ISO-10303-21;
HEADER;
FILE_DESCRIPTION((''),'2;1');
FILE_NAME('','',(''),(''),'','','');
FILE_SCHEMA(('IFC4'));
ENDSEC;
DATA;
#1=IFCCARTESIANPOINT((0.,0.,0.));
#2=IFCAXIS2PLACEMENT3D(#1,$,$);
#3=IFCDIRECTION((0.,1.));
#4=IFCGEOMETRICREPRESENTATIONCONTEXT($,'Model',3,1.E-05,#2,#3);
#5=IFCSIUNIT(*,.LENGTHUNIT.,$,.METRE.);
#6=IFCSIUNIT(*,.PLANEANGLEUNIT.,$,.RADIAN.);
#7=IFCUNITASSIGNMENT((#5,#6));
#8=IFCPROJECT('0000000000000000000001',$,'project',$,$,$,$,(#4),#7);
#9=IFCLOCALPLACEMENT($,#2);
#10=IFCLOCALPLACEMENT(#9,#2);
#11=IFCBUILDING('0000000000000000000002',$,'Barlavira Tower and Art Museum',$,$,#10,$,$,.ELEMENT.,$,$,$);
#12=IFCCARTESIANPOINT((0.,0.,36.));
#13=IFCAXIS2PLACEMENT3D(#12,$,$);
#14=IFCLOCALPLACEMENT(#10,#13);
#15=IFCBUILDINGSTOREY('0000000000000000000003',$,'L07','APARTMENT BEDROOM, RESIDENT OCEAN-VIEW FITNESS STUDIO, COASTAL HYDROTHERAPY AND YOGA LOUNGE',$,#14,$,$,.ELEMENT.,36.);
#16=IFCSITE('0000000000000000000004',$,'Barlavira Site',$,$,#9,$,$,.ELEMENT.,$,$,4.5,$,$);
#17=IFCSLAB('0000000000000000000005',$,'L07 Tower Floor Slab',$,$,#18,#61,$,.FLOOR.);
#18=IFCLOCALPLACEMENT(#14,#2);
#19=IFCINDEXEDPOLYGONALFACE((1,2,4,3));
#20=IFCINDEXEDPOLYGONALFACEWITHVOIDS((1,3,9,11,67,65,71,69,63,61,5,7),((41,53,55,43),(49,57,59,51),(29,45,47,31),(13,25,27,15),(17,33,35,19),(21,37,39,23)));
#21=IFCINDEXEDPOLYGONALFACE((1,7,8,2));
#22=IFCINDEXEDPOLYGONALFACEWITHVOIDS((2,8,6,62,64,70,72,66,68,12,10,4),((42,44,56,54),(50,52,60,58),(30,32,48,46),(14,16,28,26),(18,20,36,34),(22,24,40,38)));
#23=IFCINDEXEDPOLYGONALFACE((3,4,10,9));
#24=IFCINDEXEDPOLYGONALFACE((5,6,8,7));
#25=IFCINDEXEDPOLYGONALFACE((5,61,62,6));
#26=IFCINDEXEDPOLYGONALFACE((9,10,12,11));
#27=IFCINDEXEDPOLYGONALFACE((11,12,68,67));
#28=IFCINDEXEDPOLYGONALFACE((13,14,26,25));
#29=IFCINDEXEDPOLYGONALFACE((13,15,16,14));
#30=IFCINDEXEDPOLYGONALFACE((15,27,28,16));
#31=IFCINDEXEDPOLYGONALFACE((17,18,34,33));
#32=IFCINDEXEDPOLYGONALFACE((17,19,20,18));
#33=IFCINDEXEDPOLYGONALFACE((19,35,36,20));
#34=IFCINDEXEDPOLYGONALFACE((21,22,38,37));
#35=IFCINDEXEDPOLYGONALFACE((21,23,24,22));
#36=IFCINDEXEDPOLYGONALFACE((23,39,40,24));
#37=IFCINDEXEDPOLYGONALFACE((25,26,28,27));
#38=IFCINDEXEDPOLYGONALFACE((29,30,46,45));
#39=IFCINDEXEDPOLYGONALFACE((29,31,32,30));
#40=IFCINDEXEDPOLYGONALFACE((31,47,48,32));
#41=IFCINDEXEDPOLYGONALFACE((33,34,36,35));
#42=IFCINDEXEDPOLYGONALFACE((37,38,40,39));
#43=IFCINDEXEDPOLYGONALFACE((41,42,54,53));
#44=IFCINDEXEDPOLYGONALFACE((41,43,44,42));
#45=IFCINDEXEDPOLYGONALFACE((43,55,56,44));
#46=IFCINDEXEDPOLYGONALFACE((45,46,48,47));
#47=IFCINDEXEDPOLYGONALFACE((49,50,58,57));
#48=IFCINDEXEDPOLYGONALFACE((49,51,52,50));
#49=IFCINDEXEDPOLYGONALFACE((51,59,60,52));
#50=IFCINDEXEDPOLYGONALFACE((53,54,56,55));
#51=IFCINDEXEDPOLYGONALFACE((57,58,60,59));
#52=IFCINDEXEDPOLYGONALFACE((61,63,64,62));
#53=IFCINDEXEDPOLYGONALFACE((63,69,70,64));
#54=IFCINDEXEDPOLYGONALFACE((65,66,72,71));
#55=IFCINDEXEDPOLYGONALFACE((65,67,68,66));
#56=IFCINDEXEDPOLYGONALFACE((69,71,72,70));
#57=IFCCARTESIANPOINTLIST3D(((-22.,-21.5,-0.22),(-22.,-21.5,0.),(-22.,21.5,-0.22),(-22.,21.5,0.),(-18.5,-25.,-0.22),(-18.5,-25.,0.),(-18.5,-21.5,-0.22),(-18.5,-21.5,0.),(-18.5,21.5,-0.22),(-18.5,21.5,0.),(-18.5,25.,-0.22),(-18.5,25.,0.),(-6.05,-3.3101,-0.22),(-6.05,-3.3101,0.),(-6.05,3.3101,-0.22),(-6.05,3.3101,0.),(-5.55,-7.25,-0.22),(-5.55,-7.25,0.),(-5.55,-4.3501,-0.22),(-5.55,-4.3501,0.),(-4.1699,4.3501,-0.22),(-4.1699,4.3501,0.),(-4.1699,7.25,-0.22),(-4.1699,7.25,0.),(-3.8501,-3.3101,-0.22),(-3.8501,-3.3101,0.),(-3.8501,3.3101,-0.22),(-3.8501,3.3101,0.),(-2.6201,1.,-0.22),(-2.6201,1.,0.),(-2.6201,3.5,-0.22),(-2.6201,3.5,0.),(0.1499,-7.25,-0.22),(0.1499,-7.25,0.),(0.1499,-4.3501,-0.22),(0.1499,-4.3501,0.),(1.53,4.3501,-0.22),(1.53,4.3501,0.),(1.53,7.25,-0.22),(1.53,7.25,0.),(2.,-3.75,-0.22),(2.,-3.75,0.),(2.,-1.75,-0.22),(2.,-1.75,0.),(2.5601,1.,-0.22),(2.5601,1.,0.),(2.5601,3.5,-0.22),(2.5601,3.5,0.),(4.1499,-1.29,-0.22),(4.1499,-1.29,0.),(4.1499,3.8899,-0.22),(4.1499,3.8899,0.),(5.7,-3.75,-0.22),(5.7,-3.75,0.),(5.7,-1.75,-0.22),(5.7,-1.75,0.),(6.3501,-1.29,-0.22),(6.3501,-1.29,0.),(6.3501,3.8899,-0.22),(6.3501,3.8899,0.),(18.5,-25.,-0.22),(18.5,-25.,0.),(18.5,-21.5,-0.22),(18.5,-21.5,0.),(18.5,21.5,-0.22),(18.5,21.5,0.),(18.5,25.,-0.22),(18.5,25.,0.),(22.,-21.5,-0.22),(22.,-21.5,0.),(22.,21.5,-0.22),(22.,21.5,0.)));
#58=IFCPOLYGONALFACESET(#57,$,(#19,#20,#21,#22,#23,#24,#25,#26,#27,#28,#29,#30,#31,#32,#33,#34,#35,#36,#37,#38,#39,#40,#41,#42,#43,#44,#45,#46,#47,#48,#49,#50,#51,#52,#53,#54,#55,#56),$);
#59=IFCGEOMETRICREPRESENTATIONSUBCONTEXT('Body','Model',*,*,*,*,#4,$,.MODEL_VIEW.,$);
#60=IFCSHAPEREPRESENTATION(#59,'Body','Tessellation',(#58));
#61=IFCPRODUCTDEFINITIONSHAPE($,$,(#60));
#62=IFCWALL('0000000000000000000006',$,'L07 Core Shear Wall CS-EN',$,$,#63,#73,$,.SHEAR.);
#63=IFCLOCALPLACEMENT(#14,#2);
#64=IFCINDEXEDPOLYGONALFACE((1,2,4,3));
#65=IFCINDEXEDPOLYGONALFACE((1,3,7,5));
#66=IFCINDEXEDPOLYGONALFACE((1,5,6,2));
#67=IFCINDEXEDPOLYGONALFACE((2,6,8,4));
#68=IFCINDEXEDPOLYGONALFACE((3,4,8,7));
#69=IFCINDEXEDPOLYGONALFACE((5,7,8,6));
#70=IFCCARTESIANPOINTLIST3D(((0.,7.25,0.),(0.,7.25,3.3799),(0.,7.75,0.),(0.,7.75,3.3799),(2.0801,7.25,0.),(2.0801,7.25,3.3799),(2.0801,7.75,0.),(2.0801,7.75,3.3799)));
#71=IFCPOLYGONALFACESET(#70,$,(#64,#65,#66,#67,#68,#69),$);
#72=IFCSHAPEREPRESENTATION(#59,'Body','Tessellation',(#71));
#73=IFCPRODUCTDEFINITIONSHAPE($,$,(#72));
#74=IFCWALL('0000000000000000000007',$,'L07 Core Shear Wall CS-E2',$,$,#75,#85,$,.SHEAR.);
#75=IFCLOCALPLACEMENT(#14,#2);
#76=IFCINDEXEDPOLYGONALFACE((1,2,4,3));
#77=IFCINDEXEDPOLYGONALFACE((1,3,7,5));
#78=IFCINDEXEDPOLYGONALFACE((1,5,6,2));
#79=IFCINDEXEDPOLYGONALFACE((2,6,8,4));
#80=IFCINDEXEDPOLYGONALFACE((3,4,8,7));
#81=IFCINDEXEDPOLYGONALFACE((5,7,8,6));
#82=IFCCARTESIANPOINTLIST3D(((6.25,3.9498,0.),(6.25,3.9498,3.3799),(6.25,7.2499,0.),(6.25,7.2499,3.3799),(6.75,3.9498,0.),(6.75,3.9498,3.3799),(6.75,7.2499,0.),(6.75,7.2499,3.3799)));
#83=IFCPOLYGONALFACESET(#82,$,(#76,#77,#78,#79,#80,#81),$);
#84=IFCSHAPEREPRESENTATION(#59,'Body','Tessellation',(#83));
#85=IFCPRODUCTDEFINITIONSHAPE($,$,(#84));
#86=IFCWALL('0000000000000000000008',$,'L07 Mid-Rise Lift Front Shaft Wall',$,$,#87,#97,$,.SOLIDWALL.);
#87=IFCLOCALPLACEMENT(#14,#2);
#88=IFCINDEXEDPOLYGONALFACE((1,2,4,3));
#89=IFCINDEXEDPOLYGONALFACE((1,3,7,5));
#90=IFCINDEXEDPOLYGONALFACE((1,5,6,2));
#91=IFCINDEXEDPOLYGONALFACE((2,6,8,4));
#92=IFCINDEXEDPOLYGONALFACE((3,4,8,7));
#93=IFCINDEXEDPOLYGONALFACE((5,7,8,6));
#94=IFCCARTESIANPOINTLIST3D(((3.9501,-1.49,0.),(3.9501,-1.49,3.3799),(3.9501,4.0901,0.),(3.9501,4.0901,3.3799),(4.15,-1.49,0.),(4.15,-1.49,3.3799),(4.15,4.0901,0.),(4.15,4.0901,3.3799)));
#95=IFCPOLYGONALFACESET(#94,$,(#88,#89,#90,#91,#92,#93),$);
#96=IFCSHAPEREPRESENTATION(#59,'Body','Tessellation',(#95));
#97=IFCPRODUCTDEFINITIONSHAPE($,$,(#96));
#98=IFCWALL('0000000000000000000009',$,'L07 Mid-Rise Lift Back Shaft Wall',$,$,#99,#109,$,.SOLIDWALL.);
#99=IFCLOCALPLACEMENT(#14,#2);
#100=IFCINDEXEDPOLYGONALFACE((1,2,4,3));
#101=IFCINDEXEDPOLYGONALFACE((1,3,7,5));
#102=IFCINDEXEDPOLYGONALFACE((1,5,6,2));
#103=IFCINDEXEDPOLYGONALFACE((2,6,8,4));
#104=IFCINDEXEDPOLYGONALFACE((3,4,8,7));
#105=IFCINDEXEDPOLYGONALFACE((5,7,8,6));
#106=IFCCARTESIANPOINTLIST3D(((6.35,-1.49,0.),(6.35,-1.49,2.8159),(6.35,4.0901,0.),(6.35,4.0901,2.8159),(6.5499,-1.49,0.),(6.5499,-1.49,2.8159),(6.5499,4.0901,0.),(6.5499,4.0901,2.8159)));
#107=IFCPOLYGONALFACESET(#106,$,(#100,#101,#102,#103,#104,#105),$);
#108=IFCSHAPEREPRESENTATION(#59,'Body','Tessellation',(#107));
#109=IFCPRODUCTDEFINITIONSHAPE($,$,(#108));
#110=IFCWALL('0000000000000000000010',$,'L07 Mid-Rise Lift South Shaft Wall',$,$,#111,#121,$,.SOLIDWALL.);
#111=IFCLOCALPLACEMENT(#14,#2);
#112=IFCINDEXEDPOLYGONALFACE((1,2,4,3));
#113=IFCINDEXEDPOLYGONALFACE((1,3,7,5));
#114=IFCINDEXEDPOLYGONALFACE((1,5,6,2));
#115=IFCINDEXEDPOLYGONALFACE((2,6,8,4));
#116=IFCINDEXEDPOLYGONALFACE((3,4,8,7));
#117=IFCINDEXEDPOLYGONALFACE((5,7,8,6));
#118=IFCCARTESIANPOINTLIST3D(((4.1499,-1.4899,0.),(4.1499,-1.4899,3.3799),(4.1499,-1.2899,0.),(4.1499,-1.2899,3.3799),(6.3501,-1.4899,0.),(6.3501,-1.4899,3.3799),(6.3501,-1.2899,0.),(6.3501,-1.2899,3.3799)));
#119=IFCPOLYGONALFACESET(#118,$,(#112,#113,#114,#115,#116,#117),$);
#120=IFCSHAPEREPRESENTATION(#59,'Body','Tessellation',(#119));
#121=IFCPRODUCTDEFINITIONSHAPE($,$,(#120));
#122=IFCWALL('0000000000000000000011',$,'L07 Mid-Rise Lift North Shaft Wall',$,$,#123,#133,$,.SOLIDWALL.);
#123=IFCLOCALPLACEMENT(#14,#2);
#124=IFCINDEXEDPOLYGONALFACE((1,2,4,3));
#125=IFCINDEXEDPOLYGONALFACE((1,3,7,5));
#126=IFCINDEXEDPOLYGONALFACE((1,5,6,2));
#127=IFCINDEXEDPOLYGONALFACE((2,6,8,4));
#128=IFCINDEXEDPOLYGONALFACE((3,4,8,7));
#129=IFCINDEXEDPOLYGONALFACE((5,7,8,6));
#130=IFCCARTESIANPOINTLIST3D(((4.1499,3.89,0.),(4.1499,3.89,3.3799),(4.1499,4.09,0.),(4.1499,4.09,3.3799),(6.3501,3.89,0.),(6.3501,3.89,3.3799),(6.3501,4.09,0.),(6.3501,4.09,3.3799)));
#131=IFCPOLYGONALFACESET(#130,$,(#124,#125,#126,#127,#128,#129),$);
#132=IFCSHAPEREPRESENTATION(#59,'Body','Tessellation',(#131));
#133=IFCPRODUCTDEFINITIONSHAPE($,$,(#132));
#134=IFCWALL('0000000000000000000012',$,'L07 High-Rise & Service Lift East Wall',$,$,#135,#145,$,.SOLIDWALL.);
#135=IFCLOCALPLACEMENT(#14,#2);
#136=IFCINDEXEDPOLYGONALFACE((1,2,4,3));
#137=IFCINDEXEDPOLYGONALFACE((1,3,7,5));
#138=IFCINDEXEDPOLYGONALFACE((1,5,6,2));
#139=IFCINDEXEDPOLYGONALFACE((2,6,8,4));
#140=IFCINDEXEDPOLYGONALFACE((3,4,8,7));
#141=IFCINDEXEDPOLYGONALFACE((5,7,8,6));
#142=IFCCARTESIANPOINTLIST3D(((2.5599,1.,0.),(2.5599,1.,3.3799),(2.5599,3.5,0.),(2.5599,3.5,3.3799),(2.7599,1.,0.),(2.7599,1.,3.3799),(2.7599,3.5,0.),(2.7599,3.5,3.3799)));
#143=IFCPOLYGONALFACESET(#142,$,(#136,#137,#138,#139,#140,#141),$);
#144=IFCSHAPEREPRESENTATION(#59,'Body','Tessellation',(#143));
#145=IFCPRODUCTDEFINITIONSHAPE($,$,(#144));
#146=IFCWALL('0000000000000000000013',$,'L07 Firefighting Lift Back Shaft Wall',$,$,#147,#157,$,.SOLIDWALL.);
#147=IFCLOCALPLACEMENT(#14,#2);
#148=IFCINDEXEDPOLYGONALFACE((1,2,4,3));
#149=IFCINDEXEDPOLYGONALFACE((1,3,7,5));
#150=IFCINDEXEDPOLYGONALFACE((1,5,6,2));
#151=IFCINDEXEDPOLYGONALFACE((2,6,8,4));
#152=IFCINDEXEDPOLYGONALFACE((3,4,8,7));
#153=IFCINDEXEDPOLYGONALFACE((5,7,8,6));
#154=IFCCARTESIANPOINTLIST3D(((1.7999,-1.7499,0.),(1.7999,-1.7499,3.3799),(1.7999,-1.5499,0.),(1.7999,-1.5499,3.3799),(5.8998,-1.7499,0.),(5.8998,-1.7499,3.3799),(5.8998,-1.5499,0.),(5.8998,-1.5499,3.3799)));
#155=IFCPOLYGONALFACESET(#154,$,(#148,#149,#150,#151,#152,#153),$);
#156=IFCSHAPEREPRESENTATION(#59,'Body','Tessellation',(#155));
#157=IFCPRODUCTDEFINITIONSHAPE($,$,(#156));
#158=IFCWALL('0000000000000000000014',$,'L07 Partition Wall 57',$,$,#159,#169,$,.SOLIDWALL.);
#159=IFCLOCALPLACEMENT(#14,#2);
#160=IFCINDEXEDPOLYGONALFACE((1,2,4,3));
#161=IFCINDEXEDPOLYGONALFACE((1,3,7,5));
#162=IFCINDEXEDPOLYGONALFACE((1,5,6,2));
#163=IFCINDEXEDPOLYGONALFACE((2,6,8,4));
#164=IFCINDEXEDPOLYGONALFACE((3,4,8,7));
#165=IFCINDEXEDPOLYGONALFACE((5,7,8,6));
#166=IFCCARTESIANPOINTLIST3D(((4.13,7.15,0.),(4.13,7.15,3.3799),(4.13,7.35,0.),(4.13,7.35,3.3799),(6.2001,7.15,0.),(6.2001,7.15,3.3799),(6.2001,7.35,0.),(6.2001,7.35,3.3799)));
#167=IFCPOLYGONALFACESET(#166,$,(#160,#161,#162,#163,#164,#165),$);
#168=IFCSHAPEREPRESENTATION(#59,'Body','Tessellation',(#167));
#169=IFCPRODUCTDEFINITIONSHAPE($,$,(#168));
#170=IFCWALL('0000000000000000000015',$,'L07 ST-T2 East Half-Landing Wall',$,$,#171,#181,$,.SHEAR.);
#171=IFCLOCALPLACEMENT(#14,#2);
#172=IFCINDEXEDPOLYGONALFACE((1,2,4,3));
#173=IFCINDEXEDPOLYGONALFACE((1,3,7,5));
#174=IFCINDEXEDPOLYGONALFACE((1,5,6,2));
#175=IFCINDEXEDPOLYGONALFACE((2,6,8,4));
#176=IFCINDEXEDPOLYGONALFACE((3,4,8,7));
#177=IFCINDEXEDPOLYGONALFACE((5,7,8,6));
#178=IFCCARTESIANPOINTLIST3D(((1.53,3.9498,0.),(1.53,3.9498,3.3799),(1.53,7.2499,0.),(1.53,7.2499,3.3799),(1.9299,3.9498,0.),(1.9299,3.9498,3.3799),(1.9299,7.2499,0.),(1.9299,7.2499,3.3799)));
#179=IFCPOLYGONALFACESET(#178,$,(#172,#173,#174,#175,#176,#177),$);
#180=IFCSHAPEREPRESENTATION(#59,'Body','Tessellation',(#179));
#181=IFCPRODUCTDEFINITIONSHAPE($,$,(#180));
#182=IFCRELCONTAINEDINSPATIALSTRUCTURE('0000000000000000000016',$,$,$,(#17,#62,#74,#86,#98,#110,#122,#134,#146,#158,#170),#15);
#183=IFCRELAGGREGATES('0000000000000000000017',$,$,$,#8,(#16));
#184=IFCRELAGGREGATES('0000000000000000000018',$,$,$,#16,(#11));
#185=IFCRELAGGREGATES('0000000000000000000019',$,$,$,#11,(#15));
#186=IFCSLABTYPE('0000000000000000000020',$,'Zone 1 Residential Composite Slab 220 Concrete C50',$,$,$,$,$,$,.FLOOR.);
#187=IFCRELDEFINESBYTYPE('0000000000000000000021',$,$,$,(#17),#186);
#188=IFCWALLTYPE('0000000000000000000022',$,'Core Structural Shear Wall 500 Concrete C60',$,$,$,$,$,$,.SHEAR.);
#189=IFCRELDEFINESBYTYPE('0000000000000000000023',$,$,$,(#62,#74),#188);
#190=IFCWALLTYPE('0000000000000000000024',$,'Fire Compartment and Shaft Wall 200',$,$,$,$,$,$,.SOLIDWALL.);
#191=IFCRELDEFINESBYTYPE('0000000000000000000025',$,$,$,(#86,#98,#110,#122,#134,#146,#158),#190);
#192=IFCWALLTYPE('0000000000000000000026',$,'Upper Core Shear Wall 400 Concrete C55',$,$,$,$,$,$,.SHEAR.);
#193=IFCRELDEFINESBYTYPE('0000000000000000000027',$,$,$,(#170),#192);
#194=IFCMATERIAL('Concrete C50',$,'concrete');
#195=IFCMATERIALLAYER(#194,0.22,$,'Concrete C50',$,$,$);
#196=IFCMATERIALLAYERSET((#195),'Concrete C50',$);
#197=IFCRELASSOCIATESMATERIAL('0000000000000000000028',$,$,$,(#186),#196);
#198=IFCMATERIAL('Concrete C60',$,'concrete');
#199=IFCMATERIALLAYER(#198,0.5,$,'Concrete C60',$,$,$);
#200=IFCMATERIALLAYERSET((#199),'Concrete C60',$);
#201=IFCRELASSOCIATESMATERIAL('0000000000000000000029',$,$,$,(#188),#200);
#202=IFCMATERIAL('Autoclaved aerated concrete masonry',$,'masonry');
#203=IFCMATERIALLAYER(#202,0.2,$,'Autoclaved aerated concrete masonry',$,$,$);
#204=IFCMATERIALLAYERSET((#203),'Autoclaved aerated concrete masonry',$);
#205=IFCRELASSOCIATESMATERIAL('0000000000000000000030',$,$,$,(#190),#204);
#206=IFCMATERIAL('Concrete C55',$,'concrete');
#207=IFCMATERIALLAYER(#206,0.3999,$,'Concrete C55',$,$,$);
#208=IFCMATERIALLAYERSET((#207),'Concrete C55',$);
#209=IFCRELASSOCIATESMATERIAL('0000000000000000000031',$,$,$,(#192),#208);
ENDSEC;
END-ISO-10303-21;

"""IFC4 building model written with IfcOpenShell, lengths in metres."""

from ifc_helpers import new_model, si_unit, direction, frame, frame_2d, origin, place, context, subcontext, project, spatial, polyline, rectangle, outline, extrude, material, layer, layer_set, type_object, element, save


model = new_model("IFC4")

# Units and contexts
model_context = context("Model", 3, precision=1e-05, world=origin(), true_north=direction((0.0, 1.0)))
body_context = subcontext(model_context, "Body", "Model", "MODEL_VIEW")
ifc_project = project(units=[si_unit("LENGTHUNIT", "METRE"), si_unit("PLANEANGLEUNIT", "RADIAN")], contexts=[model_context])

# Site, building, storey
site_placement = place(None, origin())
site = spatial("IfcSite", under=ifc_project, at=site_placement, Name="Barlavira Site", CompositionType="ELEMENT", RefElevation=4.5)
building_placement = place(site_placement, origin())
building = spatial("IfcBuilding", under=site, at=building_placement, Name="Barlavira Tower and Art Museum", CompositionType="ELEMENT")
storey_placement = place(building_placement, frame((0.0, 0.0, 36.0)))
storey = spatial("IfcBuildingStorey", under=building, at=storey_placement, Name="L07", Description="APARTMENT BEDROOM, RESIDENT OCEAN-VIEW FITNESS STUDIO, COASTAL HYDROTHERAPY AND YOGA LOUNGE", CompositionType="ELEMENT", Elevation=36.0)

# Slab
ifc_material_1 = material(Name="Concrete C50", Category="concrete")
ifc_layer_1 = layer(ifc_material_1, 0.22, Name="Concrete C50")
ifc_layer_set_1 = layer_set([ifc_layer_1], Name="Concrete C50")
slab_type_1 = type_object("IfcSlabType", Name="Zone 1 Residential Composite Slab 220 Concrete C50", PredefinedType="FLOOR", material=ifc_layer_set_1)
slab_1_placement = place(storey_placement, frame((0.0, 0.0, -0.22)))
element("IfcSlab", 1, at=slab_1_placement, inside=storey, type_object=slab_type_1, Name="L07 Tower Floor Slab", PredefinedType="FLOOR", context=body_context, shape_type="SweptSolid", body=[
    extrude(outline(polyline([(-18.5, -25.0), (18.5, -25.0), (18.5, -21.5), (22.0, -21.5), (22.0, 21.5), (18.5, 21.5), (18.5, 25.0), (-18.5, 25.0), (-18.5, 21.5), (-22.0, 21.5), (-22.0, -21.5), (-18.5, -21.5), (-18.5, -25.0)]), holes=[polyline([(0.1499, -4.3501), (-5.55, -4.3501), (-5.55, -7.25), (0.1499, -7.25), (0.1499, -4.3501)]), polyline([(-4.1699, 4.3501), (1.53, 4.3501), (1.53, 7.25), (-4.1699, 7.25), (-4.1699, 4.3501)]), polyline([(-6.05, -3.3101), (-3.8501, -3.3101), (-3.8501, 3.3101), (-6.05, 3.3101), (-6.05, -3.3101)]), polyline([(4.1499, -1.29), (6.3501, -1.29), (6.3501, 3.8899), (4.1499, 3.8899), (4.1499, -1.29)]), polyline([(-2.6201, 1.0), (2.5601, 1.0), (2.5601, 3.5), (-2.6201, 3.5), (-2.6201, 1.0)]), polyline([(2.0, -3.75), (5.7, -3.75), (5.7, -1.75), (2.0, -1.75), (2.0, -3.75)])]), origin(), (0.0, 0.0, 1.0), 0.22),
])

# Walls
ifc_material_2 = material(Name="Concrete C60", Category="concrete")
ifc_layer_2 = layer(ifc_material_2, 0.5, Name="Concrete C60")
ifc_layer_set_2 = layer_set([ifc_layer_2], Name="Concrete C60")
wall_type_1 = type_object("IfcWallType", Name="Core Structural Shear Wall 500 Concrete C60", PredefinedType="SHEAR", material=ifc_layer_set_2)
wall_1_placement = place(storey_placement, frame((0.0, 7.5, 0.0), z_axis=(0.0, 0.0, 1.0), x_axis=(1.0, 0.0, 0.0)))
element("IfcWall", 2, at=wall_1_placement, inside=storey, type_object=wall_type_1, Name="L07 Core Shear Wall CS-EN", PredefinedType="SHEAR", context=body_context, shape_type="SweptSolid", body=[
    extrude(rectangle(XDim=2.0801, YDim=0.5, at=frame_2d((1.04, 0.0))), origin(), (0.0, 0.0, 1.0), 3.3799),
])
wall_2_placement = place(storey_placement, frame((6.5, 3.95, 0.0), z_axis=(0.0, 0.0, 1.0), x_axis=(0.0, 1.0, 0.0)))
element("IfcWall", 3, at=wall_2_placement, inside=storey, type_object=wall_type_1, Name="L07 Core Shear Wall CS-E2", PredefinedType="SHEAR", context=body_context, shape_type="SweptSolid", body=[
    extrude(rectangle(XDim=3.3, YDim=0.5, at=frame_2d((1.6499, 0.0))), origin(), (0.0, 0.0, 1.0), 3.3799),
])
ifc_material_3 = material(Name="Autoclaved aerated concrete masonry", Category="masonry")
ifc_layer_3 = layer(ifc_material_3, 0.2, Name="Autoclaved aerated concrete masonry")
ifc_layer_set_3 = layer_set([ifc_layer_3], Name="Autoclaved aerated concrete masonry")
wall_type_2 = type_object("IfcWallType", Name="Fire Compartment and Shaft Wall 200", PredefinedType="SOLIDWALL", material=ifc_layer_set_3)
wall_3_placement = place(storey_placement, frame((4.05, -1.49, 0.0), z_axis=(0.0, 0.0, 1.0), x_axis=(0.0, 1.0, 0.0)))
element("IfcWall", 4, at=wall_3_placement, inside=storey, type_object=wall_type_2, Name="L07 Mid-Rise Lift Front Shaft Wall", PredefinedType="SOLIDWALL", context=body_context, shape_type="SweptSolid", body=[
    extrude(rectangle(XDim=5.5801, YDim=0.2, at=frame_2d((2.79, 0.0))), origin(), (0.0, 0.0, 1.0), 3.3799),
])
wall_4_placement = place(storey_placement, frame((6.45, -1.49, 0.0), z_axis=(0.0, 0.0, 1.0), x_axis=(0.0, 1.0, 0.0)))
element("IfcWall", 5, at=wall_4_placement, inside=storey, type_object=wall_type_2, Name="L07 Mid-Rise Lift Back Shaft Wall", PredefinedType="SOLIDWALL", context=body_context, shape_type="SweptSolid", body=[
    extrude(rectangle(XDim=5.5801, YDim=0.2, at=frame_2d((2.79, 0.0))), origin(), (0.0, 0.0, 1.0), 2.8159),
])
for number, where, z_axis, x_axis, name in (
    (6, (4.1499, -1.3899, 0.0), (0.0, 0.0, 1.0), (1.0, 0.0, 0.0), "L07 Mid-Rise Lift South Shaft Wall"),
    (7, (4.1499, 3.99, 0.0), (0.0, 0.0, 1.0), (1.0, 0.0, 0.0), "L07 Mid-Rise Lift North Shaft Wall"),
):
    element("IfcWall", number, at=place(storey_placement, frame(where, z_axis=z_axis, x_axis=x_axis)), inside=storey, type_object=wall_type_2, Name=name, PredefinedType="SOLIDWALL", context=body_context, shape_type="SweptSolid", body=[
        extrude(rectangle(XDim=2.2002, YDim=0.2, at=frame_2d((1.1001, 0.0))), origin(), (0.0, 0.0, 1.0), 3.3799),
    ])
wall_5_placement = place(storey_placement, frame((2.6599, 1.0, 0.0), z_axis=(0.0, 0.0, 1.0), x_axis=(0.0, 1.0, 0.0)))
element("IfcWall", 8, at=wall_5_placement, inside=storey, type_object=wall_type_2, Name="L07 High-Rise & Service Lift East Wall", PredefinedType="SOLIDWALL", context=body_context, shape_type="SweptSolid", body=[
    extrude(rectangle(XDim=2.5, YDim=0.2, at=frame_2d((1.25, 0.0))), origin(), (0.0, 0.0, 1.0), 3.3799),
])
wall_6_placement = place(storey_placement, frame((1.8, -1.6499, 0.0), z_axis=(0.0, 0.0, 1.0), x_axis=(1.0, 0.0, 0.0)))
element("IfcWall", 9, at=wall_6_placement, inside=storey, type_object=wall_type_2, Name="L07 Firefighting Lift Back Shaft Wall", PredefinedType="SOLIDWALL", context=body_context, shape_type="SweptSolid", body=[
    extrude(rectangle(XDim=4.0999, YDim=0.2, at=frame_2d((2.0498, 0.0))), origin(), (0.0, 0.0, 1.0), 3.3799),
])

# Walls
wall_7_placement = place(storey_placement, frame((4.1299, 7.25, 0.0), z_axis=(0.0, 0.0, 1.0), x_axis=(1.0, 0.0, 0.0)))
element("IfcWall", 10, at=wall_7_placement, inside=storey, type_object=wall_type_2, Name="L07 Partition Wall 57", PredefinedType="SOLIDWALL", context=body_context, shape_type="SweptSolid", body=[
    extrude(rectangle(XDim=2.0701, YDim=0.2, at=frame_2d((1.0352, 0.0))), origin(), (0.0, 0.0, 1.0), 3.3799),
])
ifc_material_4 = material(Name="Concrete C55", Category="concrete")
ifc_layer_4 = layer(ifc_material_4, 0.3999, Name="Concrete C55")
ifc_layer_set_4 = layer_set([ifc_layer_4], Name="Concrete C55")
wall_type_3 = type_object("IfcWallType", Name="Upper Core Shear Wall 400 Concrete C55", PredefinedType="SHEAR", material=ifc_layer_set_4)
wall_8_placement = place(storey_placement, frame((1.73, 3.95, 0.0), z_axis=(0.0, 0.0, 1.0), x_axis=(0.0, 1.0, 0.0)))
element("IfcWall", 11, at=wall_8_placement, inside=storey, type_object=wall_type_3, Name="L07 ST-T2 East Half-Landing Wall", PredefinedType="SHEAR", context=body_context, shape_type="SweptSolid", body=[
    extrude(rectangle(XDim=3.3, YDim=0.3999, at=frame_2d((1.6499, 0.0))), origin(), (0.0, 0.0, 1.0), 3.3799),
])

save(model, "model.ifc")
